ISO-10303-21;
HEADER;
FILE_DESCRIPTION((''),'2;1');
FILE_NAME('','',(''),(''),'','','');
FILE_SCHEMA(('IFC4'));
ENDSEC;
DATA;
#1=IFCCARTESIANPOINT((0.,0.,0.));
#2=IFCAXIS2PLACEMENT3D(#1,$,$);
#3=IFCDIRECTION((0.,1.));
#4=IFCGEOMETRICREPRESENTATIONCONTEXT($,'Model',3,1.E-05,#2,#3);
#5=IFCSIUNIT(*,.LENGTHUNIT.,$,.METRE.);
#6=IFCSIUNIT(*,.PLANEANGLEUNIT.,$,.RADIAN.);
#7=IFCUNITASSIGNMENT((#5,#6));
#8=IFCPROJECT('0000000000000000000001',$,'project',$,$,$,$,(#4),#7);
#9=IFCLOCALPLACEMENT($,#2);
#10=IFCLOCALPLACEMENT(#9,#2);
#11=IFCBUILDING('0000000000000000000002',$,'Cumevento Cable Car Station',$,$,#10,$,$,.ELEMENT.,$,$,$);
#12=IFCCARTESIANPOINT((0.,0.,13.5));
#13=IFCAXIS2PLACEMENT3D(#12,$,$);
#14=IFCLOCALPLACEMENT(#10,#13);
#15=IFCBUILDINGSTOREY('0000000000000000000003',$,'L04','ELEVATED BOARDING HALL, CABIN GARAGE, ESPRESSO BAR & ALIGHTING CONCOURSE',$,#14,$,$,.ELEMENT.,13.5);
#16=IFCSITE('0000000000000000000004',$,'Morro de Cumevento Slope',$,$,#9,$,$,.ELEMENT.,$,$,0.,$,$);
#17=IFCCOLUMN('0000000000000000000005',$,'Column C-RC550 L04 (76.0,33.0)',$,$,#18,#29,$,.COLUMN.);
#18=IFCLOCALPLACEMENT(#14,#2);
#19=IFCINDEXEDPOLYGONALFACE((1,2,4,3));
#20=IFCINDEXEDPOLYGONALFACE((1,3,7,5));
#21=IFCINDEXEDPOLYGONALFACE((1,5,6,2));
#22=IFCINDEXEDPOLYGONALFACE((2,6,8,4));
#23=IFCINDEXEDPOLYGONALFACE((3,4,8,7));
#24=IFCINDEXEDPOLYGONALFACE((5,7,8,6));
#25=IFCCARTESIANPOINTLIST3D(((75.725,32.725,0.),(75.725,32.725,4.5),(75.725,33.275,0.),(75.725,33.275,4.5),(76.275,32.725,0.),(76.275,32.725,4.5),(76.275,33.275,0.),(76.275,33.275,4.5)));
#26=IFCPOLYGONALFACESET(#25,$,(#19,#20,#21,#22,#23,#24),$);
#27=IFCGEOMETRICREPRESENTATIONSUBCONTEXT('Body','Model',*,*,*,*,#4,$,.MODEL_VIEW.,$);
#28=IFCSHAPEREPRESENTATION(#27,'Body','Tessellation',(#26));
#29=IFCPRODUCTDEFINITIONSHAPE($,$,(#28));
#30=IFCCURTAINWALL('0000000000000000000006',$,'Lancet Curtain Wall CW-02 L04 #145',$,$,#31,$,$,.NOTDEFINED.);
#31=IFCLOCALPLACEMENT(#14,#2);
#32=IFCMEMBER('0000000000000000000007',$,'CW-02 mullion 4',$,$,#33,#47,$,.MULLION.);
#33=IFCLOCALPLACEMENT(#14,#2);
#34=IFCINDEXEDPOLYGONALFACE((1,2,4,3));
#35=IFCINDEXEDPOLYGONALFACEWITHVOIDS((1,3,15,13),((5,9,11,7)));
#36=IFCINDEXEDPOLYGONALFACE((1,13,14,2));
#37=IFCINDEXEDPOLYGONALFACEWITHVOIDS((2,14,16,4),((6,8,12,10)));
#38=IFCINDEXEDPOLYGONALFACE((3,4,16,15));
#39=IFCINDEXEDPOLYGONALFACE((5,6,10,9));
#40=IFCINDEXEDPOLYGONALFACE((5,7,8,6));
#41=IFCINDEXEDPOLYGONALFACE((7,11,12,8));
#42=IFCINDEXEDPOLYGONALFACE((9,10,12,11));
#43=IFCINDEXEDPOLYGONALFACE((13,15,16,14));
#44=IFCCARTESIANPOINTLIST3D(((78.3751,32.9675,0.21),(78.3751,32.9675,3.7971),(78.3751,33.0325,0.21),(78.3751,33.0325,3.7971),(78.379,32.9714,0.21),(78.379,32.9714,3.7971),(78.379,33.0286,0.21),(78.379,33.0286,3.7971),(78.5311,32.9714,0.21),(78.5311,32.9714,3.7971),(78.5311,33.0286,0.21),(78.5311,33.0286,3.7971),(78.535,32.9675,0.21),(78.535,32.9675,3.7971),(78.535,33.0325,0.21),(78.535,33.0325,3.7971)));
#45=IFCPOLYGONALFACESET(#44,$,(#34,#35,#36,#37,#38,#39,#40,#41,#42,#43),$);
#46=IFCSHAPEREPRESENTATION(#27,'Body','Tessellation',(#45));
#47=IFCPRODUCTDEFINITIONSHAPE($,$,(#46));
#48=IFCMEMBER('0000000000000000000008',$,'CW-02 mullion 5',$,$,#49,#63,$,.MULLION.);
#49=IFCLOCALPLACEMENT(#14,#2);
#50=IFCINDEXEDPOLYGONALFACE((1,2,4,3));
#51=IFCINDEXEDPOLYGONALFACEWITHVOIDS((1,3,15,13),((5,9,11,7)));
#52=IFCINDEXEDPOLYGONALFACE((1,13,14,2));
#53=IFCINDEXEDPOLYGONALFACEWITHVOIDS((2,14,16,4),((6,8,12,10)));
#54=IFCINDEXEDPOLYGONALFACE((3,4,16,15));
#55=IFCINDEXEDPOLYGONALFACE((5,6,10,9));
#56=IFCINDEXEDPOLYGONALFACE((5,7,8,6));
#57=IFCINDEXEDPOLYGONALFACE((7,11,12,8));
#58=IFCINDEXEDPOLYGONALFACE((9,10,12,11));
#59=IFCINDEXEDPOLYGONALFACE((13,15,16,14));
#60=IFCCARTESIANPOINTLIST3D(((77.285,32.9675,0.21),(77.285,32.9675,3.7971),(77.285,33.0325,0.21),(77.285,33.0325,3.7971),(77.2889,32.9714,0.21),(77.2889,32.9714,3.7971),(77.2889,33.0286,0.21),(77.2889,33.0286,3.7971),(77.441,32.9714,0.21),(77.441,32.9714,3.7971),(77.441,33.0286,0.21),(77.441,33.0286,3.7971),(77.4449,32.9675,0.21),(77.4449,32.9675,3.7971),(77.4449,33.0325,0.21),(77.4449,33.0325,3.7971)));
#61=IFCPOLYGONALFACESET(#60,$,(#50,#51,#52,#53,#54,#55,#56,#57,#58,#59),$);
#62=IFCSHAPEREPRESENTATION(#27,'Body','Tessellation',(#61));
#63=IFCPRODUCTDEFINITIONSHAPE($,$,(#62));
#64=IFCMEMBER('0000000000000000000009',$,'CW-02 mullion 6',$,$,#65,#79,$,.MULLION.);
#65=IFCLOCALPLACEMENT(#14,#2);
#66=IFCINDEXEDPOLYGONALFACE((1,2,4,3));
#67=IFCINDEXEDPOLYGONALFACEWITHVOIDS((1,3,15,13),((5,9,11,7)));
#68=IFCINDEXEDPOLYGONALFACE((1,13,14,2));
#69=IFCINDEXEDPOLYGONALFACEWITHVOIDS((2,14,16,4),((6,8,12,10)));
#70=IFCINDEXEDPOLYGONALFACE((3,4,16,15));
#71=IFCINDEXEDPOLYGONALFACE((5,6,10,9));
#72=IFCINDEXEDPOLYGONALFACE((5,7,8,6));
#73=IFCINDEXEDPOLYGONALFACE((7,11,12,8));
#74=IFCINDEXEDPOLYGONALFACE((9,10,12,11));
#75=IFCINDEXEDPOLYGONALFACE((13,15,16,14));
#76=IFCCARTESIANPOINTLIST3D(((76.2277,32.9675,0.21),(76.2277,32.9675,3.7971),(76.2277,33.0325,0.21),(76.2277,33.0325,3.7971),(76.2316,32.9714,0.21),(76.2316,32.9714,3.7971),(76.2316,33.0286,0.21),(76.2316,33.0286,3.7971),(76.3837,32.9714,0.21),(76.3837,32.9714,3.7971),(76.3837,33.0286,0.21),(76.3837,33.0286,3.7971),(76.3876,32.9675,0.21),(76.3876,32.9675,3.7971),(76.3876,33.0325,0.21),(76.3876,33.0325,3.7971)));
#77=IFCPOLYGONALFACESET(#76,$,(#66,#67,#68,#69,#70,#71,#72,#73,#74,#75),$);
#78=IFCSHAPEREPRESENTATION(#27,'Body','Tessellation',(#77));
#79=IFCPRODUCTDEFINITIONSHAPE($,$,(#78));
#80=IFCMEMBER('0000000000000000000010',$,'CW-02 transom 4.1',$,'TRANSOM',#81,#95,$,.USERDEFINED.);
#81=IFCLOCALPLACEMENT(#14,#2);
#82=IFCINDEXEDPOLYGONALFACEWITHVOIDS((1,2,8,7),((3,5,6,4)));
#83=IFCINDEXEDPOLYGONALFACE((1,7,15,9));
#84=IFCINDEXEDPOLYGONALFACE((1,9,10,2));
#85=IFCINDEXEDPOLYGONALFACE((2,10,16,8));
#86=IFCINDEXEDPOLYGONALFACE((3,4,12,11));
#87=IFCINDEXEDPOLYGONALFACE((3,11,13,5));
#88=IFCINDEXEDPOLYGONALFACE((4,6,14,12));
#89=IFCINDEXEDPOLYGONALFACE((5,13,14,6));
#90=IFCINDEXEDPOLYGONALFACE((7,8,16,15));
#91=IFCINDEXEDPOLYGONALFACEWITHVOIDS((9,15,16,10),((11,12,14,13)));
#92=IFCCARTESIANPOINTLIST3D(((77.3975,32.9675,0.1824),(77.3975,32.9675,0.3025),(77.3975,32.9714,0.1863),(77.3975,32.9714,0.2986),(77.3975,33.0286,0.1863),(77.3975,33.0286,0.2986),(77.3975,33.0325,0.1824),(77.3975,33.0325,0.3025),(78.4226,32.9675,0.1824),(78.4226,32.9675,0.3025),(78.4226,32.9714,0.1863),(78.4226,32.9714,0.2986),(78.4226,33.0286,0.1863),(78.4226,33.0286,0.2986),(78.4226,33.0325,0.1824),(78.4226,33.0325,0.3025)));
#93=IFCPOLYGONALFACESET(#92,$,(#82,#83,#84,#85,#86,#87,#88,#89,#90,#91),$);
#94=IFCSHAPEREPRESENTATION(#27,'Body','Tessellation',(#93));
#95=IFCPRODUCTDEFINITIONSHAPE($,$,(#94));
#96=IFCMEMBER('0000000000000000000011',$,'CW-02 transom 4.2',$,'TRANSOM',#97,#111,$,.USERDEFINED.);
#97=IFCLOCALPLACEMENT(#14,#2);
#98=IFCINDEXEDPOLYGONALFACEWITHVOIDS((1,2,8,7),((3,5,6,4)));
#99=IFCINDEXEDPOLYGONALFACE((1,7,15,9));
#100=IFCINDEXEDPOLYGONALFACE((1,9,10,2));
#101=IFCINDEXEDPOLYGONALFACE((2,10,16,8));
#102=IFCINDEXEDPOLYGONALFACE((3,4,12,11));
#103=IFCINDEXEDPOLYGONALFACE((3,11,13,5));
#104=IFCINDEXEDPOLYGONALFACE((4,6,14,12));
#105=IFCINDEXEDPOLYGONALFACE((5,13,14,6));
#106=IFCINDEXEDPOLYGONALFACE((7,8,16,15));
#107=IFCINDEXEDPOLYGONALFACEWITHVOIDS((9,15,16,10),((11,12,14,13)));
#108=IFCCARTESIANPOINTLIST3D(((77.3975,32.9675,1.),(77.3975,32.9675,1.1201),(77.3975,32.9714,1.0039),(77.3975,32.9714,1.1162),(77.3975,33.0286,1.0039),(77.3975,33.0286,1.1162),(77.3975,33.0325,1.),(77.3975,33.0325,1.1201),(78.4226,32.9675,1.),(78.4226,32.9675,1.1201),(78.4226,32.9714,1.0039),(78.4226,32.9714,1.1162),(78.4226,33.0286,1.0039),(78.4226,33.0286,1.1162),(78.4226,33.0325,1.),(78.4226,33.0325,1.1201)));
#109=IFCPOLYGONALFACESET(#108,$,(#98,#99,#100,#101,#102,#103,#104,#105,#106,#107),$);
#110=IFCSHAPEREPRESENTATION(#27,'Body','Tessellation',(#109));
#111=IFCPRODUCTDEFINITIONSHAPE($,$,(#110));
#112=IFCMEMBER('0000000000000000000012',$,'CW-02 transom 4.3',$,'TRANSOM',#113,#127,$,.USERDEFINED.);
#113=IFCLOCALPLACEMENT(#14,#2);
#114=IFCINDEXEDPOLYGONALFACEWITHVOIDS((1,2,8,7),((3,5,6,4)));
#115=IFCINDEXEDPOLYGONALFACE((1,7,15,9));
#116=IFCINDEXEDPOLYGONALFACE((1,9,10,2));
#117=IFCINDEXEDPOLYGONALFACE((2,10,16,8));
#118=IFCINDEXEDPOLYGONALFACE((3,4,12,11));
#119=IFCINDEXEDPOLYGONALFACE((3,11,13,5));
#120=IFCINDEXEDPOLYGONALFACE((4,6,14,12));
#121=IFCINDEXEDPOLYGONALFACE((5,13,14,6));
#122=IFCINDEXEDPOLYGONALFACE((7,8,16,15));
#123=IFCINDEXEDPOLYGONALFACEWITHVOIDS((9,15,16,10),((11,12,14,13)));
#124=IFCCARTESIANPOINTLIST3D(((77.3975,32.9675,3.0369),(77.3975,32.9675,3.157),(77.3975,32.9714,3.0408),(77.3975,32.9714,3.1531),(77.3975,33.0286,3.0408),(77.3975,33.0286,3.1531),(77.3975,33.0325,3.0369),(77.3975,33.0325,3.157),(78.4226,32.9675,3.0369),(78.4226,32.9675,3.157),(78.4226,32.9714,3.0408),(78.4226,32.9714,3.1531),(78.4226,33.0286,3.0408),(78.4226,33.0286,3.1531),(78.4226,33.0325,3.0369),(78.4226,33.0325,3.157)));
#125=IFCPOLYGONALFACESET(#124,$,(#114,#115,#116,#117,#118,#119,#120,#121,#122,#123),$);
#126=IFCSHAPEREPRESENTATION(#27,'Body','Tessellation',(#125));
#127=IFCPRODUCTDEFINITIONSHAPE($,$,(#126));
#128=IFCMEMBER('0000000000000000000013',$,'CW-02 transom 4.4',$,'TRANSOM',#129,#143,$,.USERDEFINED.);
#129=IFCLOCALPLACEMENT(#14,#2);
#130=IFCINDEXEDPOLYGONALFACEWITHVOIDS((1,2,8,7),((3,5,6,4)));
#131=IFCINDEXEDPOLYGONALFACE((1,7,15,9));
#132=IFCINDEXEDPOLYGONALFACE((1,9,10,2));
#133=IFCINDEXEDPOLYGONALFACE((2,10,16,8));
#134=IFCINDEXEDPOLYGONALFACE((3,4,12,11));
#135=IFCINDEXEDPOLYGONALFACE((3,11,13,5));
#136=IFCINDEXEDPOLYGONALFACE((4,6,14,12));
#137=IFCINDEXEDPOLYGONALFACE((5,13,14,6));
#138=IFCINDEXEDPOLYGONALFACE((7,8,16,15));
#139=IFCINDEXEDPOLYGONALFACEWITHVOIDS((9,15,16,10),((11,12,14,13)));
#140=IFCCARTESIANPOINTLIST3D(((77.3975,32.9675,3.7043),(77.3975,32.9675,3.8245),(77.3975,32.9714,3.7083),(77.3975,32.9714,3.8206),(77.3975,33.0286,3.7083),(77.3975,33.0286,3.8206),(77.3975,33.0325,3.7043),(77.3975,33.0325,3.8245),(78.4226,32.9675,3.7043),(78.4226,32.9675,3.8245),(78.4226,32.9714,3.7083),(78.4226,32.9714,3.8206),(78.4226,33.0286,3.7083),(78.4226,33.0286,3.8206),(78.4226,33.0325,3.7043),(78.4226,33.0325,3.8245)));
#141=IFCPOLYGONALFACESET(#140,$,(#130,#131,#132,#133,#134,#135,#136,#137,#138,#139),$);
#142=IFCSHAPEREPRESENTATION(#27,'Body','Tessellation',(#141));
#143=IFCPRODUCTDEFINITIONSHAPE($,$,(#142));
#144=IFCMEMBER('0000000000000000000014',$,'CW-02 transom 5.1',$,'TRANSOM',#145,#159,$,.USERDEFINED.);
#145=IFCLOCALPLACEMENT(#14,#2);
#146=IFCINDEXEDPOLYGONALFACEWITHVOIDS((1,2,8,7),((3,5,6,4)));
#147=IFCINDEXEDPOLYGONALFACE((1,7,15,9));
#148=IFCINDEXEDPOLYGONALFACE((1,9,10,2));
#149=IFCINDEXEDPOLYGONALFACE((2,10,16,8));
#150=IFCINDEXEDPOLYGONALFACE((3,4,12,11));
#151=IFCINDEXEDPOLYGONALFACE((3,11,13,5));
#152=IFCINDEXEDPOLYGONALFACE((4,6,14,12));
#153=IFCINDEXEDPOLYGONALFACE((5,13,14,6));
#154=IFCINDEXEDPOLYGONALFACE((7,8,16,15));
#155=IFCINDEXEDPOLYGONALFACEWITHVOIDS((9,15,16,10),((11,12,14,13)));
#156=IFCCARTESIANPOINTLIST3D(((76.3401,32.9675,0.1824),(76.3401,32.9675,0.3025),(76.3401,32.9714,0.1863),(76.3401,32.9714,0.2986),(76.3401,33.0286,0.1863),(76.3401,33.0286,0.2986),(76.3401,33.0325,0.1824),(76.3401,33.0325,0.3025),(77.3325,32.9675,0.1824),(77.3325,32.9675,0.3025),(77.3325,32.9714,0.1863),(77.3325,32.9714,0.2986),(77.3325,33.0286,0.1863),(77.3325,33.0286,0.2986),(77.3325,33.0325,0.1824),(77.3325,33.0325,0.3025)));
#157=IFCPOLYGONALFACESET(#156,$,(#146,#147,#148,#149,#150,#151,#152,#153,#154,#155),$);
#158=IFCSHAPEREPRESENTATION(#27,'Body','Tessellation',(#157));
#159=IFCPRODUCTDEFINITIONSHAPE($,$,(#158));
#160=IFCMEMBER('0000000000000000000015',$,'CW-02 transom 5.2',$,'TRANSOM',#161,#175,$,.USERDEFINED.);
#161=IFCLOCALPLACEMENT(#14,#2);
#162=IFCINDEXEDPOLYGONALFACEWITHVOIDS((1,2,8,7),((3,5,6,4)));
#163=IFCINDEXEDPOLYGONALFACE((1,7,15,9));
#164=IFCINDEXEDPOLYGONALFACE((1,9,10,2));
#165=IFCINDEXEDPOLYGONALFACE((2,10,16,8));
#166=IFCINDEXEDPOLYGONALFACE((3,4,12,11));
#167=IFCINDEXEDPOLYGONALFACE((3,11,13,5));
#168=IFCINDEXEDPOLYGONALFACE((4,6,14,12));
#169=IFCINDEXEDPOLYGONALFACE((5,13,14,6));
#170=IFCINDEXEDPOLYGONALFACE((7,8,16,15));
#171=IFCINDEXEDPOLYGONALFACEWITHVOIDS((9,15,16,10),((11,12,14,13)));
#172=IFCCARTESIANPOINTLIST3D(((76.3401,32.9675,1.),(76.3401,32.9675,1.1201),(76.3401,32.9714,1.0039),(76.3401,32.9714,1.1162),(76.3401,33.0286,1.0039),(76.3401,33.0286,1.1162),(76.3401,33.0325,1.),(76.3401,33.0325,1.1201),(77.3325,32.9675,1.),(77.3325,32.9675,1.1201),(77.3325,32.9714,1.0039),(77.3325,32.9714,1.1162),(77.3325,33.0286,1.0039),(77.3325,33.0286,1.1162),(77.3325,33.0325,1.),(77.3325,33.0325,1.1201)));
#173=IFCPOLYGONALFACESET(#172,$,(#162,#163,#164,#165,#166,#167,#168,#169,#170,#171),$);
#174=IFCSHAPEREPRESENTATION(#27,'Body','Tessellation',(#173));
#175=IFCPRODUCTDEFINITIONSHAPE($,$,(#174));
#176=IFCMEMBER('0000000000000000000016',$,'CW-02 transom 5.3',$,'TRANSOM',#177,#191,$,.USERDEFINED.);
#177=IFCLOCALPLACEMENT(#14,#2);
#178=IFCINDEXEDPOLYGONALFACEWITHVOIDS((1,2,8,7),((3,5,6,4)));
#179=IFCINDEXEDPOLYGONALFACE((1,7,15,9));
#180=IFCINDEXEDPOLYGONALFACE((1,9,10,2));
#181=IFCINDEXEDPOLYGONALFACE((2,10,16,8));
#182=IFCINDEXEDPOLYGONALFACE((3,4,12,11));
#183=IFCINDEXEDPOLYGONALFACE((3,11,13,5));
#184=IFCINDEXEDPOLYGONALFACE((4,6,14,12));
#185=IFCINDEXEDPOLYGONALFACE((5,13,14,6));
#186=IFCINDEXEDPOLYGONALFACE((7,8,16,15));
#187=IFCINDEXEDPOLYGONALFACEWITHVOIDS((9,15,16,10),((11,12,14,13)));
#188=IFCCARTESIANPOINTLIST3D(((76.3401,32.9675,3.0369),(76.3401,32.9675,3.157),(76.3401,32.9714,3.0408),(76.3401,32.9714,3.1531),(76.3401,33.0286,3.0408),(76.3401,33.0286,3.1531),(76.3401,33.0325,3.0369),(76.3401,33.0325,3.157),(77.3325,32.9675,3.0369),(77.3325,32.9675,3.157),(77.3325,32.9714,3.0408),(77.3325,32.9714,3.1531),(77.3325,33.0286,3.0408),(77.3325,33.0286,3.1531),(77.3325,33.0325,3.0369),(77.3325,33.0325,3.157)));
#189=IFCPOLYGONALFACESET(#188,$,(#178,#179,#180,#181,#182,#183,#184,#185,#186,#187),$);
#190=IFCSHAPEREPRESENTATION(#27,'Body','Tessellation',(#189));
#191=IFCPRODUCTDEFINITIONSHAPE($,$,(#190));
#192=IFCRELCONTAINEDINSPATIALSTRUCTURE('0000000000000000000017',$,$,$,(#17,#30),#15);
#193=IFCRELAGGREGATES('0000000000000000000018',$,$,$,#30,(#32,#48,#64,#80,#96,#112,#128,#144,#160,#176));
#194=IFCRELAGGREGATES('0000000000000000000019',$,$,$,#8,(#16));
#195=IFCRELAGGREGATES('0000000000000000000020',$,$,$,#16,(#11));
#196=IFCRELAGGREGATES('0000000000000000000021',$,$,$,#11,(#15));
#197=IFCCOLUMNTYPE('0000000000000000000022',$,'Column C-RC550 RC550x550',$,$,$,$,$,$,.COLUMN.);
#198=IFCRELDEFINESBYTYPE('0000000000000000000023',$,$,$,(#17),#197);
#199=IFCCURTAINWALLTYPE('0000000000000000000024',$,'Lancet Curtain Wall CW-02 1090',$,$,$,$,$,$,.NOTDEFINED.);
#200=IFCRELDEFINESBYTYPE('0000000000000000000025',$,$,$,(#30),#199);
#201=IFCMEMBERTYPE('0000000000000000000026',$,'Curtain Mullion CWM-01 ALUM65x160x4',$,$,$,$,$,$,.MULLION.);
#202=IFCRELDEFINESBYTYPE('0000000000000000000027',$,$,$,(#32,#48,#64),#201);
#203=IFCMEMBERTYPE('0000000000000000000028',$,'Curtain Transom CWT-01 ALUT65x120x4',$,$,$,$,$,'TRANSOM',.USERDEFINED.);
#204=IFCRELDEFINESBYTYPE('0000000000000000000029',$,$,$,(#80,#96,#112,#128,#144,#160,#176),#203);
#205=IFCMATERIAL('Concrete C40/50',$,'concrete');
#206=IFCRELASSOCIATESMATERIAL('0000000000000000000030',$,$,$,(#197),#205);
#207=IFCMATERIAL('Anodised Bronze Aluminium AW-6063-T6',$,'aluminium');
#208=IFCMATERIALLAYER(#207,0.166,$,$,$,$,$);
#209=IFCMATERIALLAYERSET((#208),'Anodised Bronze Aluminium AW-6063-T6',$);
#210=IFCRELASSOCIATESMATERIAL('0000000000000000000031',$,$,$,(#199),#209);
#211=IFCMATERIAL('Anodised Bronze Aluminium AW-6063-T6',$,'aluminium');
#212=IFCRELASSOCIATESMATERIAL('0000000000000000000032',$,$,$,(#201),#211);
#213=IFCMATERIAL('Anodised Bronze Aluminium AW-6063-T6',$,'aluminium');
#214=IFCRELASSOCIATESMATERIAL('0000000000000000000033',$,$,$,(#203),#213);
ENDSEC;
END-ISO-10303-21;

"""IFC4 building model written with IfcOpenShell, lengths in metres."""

from ifc_helpers import new_model, si_unit, direction, frame, origin, origin_2d, place, context, subcontext, project, spatial, rectangle, hollow_rectangle, extrude, material, layer, layer_set, material_profile, profile_set, type_object, element, aggregate, save


model = new_model("IFC4")

# Units and contexts
model_context = context("Model", 3, precision=1e-05, world=origin(), true_north=direction((0.0, 1.0)))
body_context = subcontext(model_context, "Body", "Model", "MODEL_VIEW")
ifc_project = project(units=[si_unit("LENGTHUNIT", "METRE"), si_unit("PLANEANGLEUNIT", "RADIAN")], contexts=[model_context])

# Site, building, storey
site_placement = place(None, origin())
site = spatial("IfcSite", under=ifc_project, at=site_placement, Name="Morro de Cumevento Slope", CompositionType="ELEMENT", RefElevation=0.0)
building_placement = place(site_placement, origin())
building = spatial("IfcBuilding", under=site, at=building_placement, Name="Cumevento Cable Car Station", CompositionType="ELEMENT")
storey_placement = place(building_placement, frame((0.0, 0.0, 13.5)))
storey = spatial("IfcBuildingStorey", under=building, at=storey_placement, Name="L04", Description="ELEVATED BOARDING HALL, CABIN GARAGE, ESPRESSO BAR & ALIGHTING CONCOURSE", CompositionType="ELEMENT", Elevation=13.5)

# Column
ifc_material_1 = material(Name="Concrete C40/50", Category="concrete")
ifc_material_profile_1 = material_profile(ifc_material_1, rectangle(XDim=0.55, YDim=0.55, at=origin_2d()), Name="RC550x550")
ifc_profile_set_1 = profile_set([ifc_material_profile_1], Name="Concrete C40/50")
column_type = type_object("IfcColumnType", Name="Column C-RC550 RC550x550", PredefinedType="COLUMN", material=ifc_profile_set_1)
column_placement = place(storey_placement, frame((76.0, 33.0, 0.0), z_axis=(0.0, 0.0, 1.0), x_axis=(1.0, 0.0, 0.0)))
element("IfcColumn", 1, at=column_placement, inside=storey, type_object=column_type, Name="Column C-RC550 L04 (76.0,33.0)", PredefinedType="COLUMN", context=body_context, shape_type="SweptSolid", body=[
    extrude(rectangle(XDim=0.55, YDim=0.55, at=origin_2d()), origin(), (0.0, 0.0, 1.0), 4.5),
])

# Curtain wall, members
ifc_material_2 = material(Name="Anodised Bronze Aluminium AW-6063-T6", Category="aluminium")
ifc_layer_1 = layer(ifc_material_2, 0.166)
ifc_layer_set_1 = layer_set([ifc_layer_1], Name="Anodised Bronze Aluminium AW-6063-T6")
curtain_wall_type = type_object("IfcCurtainWallType", Name="Lancet Curtain Wall CW-02 1090", PredefinedType="NOTDEFINED", material=ifc_layer_set_1)
curtain_wall_placement = place(storey_placement, origin())
curtain_wall = element("IfcCurtainWall", 2, at=curtain_wall_placement, inside=storey, type_object=curtain_wall_type, Name="Lancet Curtain Wall CW-02 L04 #145", PredefinedType="NOTDEFINED")
ifc_material_3 = material(Name="Anodised Bronze Aluminium AW-6063-T6", Category="aluminium")
ifc_material_profile_2 = material_profile(ifc_material_3, hollow_rectangle(XDim=0.0649, YDim=0.1599, WallThickness=0.0039, at=origin_2d()), Name="ALUM65x160x4")
ifc_profile_set_2 = profile_set([ifc_material_profile_2], Name="Anodised Bronze Aluminium AW-6063-T6")
member_type_1 = type_object("IfcMemberType", Name="Curtain Mullion CWM-01 ALUM65x160x4", PredefinedType="MULLION", material=ifc_profile_set_2)
member_1_placement = place(storey_placement, frame((78.4551, 33.0, 0.21), z_axis=(0.0, 0.0, 1.0), x_axis=(0.0, -1.0, 0.0)))
member_1 = element("IfcMember", 3, at=member_1_placement, type_object=member_type_1, Name="CW-02 mullion 4", PredefinedType="MULLION", context=body_context, shape_type="SweptSolid", body=[
    extrude(hollow_rectangle(XDim=0.0649, YDim=0.1599, WallThickness=0.0039, at=origin_2d()), origin(), (0.0, 0.0, 1.0), 3.5872),
])
member_2_placement = place(storey_placement, frame((77.365, 33.0, 0.21), z_axis=(0.0, 0.0, 1.0), x_axis=(0.0, -1.0, 0.0)))
member_2 = element("IfcMember", 4, at=member_2_placement, type_object=member_type_1, Name="CW-02 mullion 5", PredefinedType="MULLION", context=body_context, shape_type="SweptSolid", body=[
    extrude(hollow_rectangle(XDim=0.0649, YDim=0.1599, WallThickness=0.0039, at=origin_2d()), origin(), (0.0, 0.0, 1.0), 3.5872),
])
member_3_placement = place(storey_placement, frame((76.3076, 33.0, 0.21), z_axis=(0.0, 0.0, 1.0), x_axis=(0.0, -1.0, 0.0)))
member_3 = element("IfcMember", 5, at=member_3_placement, type_object=member_type_1, Name="CW-02 mullion 6", PredefinedType="MULLION", context=body_context, shape_type="SweptSolid", body=[
    extrude(hollow_rectangle(XDim=0.0649, YDim=0.1599, WallThickness=0.0039, at=origin_2d()), origin(), (0.0, 0.0, 1.0), 3.5872),
])
ifc_material_4 = material(Name="Anodised Bronze Aluminium AW-6063-T6", Category="aluminium")
ifc_material_profile_3 = material_profile(ifc_material_4, hollow_rectangle(XDim=0.0649, YDim=0.1201, WallThickness=0.0039, at=origin_2d()), Name="ALUT65x120x4")
ifc_profile_set_3 = profile_set([ifc_material_profile_3], Name="Anodised Bronze Aluminium AW-6063-T6")
member_type_2 = type_object("IfcMemberType", Name="Curtain Transom CWT-01 ALUT65x120x4", ElementType="TRANSOM", PredefinedType="USERDEFINED", material=ifc_profile_set_3)
member_4_placement = place(storey_placement, frame((78.4226, 33.0, 0.2424), z_axis=(-1.0, 0.0, 0.0), x_axis=(0.0, -1.0, 0.0)))
member_4 = element("IfcMember", 6, at=member_4_placement, type_object=member_type_2, Name="CW-02 transom 4.1", ObjectType="TRANSOM", PredefinedType="USERDEFINED", context=body_context, shape_type="SweptSolid", body=[
    extrude(hollow_rectangle(XDim=0.0649, YDim=0.1201, WallThickness=0.0039, at=origin_2d()), origin(), (0.0, 0.0, 1.0), 1.0251),
])
member_5_placement = place(storey_placement, frame((78.4226, 33.0, 1.0601), z_axis=(-1.0, 0.0, 0.0), x_axis=(0.0, -1.0, 0.0)))
member_5 = element("IfcMember", 7, at=member_5_placement, type_object=member_type_2, Name="CW-02 transom 4.2", ObjectType="TRANSOM", PredefinedType="USERDEFINED", context=body_context, shape_type="SweptSolid", body=[
    extrude(hollow_rectangle(XDim=0.0649, YDim=0.1201, WallThickness=0.0039, at=origin_2d()), origin(), (0.0, 0.0, 1.0), 1.0251),
])
member_6_placement = place(storey_placement, frame((78.4226, 33.0, 3.0969), z_axis=(-1.0, 0.0, 0.0), x_axis=(0.0, -1.0, 0.0)))
member_6 = element("IfcMember", 8, at=member_6_placement, type_object=member_type_2, Name="CW-02 transom 4.3", ObjectType="TRANSOM", PredefinedType="USERDEFINED", context=body_context, shape_type="SweptSolid", body=[
    extrude(hollow_rectangle(XDim=0.0649, YDim=0.1201, WallThickness=0.0039, at=origin_2d()), origin(), (0.0, 0.0, 1.0), 1.0251),
])
member_7_placement = place(storey_placement, frame((78.4226, 33.0, 3.7644), z_axis=(-1.0, 0.0, 0.0), x_axis=(0.0, -1.0, 0.0)))
member_7 = element("IfcMember", 9, at=member_7_placement, type_object=member_type_2, Name="CW-02 transom 4.4", ObjectType="TRANSOM", PredefinedType="USERDEFINED", context=body_context, shape_type="SweptSolid", body=[
    extrude(hollow_rectangle(XDim=0.0649, YDim=0.1201, WallThickness=0.0039, at=origin_2d()), origin(), (0.0, 0.0, 1.0), 1.0251),
])
member_8_placement = place(storey_placement, frame((77.3325, 33.0, 0.2424), z_axis=(-1.0, 0.0, 0.0), x_axis=(0.0, -1.0, 0.0)))
member_8 = element("IfcMember", 10, at=member_8_placement, type_object=member_type_2, Name="CW-02 transom 5.1", ObjectType="TRANSOM", PredefinedType="USERDEFINED", context=body_context, shape_type="SweptSolid", body=[
    extrude(hollow_rectangle(XDim=0.0649, YDim=0.1201, WallThickness=0.0039, at=origin_2d()), origin(), (0.0, 0.0, 1.0), 0.9924),
])
member_9_placement = place(storey_placement, frame((77.3325, 33.0, 1.0601), z_axis=(-1.0, 0.0, 0.0), x_axis=(0.0, -1.0, 0.0)))
member_9 = element("IfcMember", 11, at=member_9_placement, type_object=member_type_2, Name="CW-02 transom 5.2", ObjectType="TRANSOM", PredefinedType="USERDEFINED", context=body_context, shape_type="SweptSolid", body=[
    extrude(hollow_rectangle(XDim=0.0649, YDim=0.1201, WallThickness=0.0039, at=origin_2d()), origin(), (0.0, 0.0, 1.0), 0.9924),
])
member_10_placement = place(storey_placement, frame((77.3325, 33.0, 3.0969), z_axis=(-1.0, 0.0, 0.0), x_axis=(0.0, -1.0, 0.0)))
member_10 = element("IfcMember", 12, at=member_10_placement, type_object=member_type_2, Name="CW-02 transom 5.3", ObjectType="TRANSOM", PredefinedType="USERDEFINED", context=body_context, shape_type="SweptSolid", body=[
    extrude(hollow_rectangle(XDim=0.0649, YDim=0.1201, WallThickness=0.0039, at=origin_2d()), origin(), (0.0, 0.0, 1.0), 0.9924),
])

aggregate(curtain_wall, [member_1, member_2, member_3, member_4, member_5, member_6, member_7, member_8, member_9, member_10])

save(model, "model.ifc")
